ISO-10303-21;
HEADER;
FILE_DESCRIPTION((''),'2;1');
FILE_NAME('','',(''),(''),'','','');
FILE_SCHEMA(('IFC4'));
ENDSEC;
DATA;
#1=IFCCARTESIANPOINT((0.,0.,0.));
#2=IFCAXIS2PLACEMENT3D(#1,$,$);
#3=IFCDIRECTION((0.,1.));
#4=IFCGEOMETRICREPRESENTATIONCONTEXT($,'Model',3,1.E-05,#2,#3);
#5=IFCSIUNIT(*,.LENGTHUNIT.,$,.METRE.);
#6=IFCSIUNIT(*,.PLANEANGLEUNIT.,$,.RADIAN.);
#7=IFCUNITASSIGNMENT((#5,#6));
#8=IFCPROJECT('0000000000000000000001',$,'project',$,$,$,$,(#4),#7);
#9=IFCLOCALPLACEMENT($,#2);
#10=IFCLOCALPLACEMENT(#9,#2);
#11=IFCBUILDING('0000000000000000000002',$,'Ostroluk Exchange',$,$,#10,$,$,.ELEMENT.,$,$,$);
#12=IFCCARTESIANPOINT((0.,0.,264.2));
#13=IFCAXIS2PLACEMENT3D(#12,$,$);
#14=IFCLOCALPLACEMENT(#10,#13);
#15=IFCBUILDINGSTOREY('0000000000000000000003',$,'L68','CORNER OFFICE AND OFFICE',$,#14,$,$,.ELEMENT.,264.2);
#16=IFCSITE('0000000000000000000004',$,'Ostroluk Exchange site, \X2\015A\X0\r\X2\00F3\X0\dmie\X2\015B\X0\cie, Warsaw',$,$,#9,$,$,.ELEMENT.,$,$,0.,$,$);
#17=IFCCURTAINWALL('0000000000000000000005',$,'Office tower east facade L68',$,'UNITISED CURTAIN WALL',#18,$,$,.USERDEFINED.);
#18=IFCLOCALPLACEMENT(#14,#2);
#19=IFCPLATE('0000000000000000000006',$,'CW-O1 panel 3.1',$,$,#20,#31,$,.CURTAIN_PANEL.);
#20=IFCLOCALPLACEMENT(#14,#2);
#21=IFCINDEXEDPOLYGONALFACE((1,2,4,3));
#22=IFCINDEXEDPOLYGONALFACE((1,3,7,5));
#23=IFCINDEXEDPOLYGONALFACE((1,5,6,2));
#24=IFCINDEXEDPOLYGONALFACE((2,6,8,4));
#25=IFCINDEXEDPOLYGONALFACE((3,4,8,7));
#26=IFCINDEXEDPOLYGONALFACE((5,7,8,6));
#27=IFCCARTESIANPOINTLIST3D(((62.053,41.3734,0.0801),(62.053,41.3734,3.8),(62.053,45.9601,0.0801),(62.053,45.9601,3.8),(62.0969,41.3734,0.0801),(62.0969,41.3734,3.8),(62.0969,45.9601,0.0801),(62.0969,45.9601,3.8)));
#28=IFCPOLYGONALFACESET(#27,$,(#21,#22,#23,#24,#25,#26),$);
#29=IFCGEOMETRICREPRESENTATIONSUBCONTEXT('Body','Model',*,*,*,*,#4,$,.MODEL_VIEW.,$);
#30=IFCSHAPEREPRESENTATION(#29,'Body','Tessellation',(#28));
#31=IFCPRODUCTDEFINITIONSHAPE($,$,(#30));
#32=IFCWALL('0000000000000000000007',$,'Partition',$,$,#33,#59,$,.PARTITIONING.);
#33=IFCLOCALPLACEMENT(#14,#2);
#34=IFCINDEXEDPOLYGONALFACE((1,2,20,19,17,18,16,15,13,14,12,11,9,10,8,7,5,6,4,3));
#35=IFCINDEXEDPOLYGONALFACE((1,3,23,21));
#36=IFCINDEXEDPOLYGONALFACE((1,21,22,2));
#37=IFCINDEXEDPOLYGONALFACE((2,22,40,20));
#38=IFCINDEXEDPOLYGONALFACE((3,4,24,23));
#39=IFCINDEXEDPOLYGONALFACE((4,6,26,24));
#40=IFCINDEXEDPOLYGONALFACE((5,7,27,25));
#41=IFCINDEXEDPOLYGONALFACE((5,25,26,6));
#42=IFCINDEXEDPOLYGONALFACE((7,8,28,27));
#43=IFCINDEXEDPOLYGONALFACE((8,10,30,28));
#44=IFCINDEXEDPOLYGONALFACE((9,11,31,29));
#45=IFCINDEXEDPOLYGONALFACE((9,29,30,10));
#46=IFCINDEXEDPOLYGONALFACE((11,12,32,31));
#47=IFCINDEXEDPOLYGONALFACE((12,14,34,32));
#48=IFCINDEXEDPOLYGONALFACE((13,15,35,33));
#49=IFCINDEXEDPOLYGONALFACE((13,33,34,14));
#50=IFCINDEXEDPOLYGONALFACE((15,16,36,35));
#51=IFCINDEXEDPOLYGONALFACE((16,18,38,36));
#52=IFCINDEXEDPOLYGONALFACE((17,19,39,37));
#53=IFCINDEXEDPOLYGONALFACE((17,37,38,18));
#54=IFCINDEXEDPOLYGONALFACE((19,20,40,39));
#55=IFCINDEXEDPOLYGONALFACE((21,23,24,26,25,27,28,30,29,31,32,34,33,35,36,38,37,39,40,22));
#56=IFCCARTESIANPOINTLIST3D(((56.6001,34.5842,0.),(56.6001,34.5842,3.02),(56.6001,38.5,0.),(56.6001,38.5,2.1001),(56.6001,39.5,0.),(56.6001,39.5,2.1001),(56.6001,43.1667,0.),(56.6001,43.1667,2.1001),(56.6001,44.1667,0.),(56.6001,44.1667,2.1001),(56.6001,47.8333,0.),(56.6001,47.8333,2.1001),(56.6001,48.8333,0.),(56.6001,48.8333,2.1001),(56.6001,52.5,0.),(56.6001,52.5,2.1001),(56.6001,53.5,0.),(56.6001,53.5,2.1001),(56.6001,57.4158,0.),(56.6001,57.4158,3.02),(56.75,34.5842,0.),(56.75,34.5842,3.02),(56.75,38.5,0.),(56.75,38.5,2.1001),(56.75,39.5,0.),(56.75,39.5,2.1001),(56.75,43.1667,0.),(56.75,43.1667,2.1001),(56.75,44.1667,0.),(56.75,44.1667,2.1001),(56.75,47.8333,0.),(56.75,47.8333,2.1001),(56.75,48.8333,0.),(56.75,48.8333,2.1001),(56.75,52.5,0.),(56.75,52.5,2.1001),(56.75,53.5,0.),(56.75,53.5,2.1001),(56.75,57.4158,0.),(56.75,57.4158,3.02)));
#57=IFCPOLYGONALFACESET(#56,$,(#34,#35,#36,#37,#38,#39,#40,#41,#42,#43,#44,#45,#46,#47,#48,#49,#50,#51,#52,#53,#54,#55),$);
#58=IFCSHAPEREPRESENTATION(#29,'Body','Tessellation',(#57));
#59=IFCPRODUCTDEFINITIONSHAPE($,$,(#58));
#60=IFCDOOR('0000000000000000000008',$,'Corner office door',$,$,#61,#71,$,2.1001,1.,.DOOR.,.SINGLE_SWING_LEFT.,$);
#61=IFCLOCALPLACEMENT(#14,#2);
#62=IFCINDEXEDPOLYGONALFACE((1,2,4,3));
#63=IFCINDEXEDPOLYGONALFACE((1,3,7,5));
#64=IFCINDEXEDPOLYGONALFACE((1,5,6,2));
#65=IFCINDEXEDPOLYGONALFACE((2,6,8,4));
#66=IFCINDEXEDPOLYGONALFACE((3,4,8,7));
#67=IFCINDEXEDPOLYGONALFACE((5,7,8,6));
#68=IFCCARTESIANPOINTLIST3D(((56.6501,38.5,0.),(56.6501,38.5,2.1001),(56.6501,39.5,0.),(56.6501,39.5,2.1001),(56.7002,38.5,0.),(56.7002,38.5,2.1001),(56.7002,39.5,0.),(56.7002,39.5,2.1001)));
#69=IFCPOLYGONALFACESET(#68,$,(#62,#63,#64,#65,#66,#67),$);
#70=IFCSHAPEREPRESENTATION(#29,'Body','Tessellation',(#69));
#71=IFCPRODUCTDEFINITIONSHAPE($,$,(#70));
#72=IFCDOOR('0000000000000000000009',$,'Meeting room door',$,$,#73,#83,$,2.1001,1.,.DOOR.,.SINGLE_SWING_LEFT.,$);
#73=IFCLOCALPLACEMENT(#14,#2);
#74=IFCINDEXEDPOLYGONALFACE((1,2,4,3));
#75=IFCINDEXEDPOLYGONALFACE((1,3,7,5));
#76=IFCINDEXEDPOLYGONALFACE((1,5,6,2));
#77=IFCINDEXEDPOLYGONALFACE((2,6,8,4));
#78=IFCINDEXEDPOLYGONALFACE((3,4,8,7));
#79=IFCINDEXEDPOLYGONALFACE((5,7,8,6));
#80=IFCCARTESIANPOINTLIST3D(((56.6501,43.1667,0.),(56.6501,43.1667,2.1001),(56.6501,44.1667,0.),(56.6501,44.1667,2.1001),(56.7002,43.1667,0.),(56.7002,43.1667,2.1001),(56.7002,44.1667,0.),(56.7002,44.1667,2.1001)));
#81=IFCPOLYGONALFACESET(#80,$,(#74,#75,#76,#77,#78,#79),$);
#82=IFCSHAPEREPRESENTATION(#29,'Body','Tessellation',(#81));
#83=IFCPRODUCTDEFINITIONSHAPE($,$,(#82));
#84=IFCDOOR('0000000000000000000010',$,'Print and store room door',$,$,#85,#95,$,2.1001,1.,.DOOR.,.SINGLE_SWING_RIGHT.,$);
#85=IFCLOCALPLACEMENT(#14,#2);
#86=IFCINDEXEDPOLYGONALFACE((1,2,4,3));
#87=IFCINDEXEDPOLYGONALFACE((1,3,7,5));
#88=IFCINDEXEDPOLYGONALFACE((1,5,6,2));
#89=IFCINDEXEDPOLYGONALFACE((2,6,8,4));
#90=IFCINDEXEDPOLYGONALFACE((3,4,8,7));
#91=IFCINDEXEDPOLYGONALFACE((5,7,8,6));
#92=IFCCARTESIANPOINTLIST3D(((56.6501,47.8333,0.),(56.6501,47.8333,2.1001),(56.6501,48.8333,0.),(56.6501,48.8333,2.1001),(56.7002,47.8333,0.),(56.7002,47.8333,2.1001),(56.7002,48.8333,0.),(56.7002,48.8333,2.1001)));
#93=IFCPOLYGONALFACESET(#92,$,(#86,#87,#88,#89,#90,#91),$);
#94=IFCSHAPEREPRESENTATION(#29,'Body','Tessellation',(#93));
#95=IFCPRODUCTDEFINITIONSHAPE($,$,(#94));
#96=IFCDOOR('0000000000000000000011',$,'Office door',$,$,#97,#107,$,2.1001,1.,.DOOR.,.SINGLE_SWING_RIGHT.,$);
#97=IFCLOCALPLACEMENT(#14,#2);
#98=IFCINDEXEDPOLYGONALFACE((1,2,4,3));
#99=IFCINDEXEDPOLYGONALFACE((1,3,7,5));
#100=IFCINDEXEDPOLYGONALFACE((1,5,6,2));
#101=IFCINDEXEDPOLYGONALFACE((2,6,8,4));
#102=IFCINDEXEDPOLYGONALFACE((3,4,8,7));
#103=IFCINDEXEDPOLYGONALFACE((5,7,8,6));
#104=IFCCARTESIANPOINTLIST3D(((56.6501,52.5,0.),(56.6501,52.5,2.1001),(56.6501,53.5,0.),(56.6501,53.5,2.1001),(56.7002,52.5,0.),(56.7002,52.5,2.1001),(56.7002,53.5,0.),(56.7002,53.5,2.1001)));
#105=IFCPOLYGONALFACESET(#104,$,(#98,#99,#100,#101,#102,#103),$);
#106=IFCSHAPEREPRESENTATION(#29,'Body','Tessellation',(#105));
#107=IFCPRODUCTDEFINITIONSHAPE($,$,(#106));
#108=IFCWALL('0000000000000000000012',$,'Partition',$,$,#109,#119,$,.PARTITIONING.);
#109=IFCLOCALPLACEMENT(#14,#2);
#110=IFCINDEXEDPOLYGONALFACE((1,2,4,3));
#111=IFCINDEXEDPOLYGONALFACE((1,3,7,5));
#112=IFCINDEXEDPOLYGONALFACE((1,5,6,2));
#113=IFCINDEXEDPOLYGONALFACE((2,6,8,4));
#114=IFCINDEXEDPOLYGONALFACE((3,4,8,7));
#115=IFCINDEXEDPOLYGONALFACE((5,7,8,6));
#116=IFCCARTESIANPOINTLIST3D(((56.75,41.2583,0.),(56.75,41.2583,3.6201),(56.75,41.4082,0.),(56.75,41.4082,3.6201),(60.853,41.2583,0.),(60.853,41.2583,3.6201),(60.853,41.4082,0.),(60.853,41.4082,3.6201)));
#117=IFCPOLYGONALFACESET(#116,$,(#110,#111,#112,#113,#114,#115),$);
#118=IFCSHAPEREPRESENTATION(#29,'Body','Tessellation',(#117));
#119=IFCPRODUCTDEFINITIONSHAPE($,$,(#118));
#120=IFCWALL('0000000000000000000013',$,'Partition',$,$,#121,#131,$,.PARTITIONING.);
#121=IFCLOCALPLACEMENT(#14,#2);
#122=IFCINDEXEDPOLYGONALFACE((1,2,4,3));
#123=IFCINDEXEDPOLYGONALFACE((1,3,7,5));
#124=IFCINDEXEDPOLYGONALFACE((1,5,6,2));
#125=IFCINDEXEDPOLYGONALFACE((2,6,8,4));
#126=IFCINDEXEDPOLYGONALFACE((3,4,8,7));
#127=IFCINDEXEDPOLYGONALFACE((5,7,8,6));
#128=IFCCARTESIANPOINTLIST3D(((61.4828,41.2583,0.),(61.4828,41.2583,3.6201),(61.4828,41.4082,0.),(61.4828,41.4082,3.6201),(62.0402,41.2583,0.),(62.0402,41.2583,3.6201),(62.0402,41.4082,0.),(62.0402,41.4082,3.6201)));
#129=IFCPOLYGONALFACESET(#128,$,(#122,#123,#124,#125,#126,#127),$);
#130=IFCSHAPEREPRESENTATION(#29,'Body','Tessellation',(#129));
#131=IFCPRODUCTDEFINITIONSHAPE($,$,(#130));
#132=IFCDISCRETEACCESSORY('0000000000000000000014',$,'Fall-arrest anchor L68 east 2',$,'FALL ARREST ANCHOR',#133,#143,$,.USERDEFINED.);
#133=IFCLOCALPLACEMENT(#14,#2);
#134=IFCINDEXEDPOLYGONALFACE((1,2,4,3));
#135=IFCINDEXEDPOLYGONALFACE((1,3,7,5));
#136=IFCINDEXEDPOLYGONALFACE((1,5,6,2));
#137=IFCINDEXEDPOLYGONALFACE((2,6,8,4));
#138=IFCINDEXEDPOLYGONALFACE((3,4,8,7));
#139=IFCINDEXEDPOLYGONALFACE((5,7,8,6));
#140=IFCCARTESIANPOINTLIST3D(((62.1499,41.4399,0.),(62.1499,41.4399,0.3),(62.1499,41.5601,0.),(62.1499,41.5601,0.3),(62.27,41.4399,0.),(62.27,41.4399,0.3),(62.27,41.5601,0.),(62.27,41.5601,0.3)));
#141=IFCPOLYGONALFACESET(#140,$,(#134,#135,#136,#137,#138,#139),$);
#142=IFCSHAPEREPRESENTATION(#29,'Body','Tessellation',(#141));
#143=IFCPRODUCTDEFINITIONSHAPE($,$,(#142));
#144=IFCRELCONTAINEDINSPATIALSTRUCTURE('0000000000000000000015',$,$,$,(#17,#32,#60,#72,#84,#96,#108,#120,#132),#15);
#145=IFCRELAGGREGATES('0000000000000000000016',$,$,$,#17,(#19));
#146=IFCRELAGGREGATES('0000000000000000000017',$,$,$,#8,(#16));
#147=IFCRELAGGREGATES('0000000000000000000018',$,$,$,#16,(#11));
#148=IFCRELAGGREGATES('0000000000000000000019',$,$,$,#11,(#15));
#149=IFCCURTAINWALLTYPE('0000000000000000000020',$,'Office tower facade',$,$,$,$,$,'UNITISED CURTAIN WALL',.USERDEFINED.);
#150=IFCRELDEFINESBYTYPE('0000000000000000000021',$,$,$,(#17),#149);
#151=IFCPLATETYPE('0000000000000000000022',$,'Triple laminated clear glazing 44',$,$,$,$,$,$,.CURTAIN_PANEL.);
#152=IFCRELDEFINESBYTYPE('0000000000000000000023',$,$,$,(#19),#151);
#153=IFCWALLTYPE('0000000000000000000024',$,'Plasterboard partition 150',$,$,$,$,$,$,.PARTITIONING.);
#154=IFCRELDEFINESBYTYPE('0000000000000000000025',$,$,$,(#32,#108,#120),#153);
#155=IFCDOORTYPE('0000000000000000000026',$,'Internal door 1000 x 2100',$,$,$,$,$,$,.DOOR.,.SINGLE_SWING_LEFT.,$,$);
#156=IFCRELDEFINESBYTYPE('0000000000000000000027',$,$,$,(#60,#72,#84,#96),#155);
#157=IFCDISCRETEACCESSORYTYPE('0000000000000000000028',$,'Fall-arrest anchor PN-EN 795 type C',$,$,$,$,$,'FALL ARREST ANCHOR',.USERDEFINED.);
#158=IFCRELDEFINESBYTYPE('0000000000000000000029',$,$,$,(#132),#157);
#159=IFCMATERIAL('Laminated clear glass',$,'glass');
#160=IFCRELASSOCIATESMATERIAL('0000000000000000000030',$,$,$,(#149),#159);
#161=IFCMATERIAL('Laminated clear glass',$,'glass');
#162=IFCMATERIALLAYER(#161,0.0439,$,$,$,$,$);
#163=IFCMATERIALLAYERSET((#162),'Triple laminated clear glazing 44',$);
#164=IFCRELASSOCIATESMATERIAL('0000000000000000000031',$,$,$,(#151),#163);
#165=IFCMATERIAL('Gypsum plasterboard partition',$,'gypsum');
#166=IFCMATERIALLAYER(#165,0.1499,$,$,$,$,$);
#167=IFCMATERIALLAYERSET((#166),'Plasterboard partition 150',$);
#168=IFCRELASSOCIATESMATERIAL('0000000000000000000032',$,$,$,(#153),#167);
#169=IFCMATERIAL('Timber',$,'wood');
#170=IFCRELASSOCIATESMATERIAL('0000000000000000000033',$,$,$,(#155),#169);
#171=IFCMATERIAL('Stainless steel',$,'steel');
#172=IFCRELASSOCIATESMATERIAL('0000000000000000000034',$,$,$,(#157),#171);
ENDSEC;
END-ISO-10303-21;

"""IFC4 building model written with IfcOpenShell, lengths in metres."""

from ifc_helpers import new_model, si_unit, direction, frame, frame_2d, origin, origin_2d, place, context, subcontext, project, spatial, rectangle, extrude, material, layer, layer_set, type_object, element, fill, aggregate, save


model = new_model("IFC4")

# Units and contexts
model_context = context("Model", 3, precision=1e-05, world=origin(), true_north=direction((0.0, 1.0)))
body_context = subcontext(model_context, "Body", "Model", "MODEL_VIEW")
ifc_project = project(units=[si_unit("LENGTHUNIT", "METRE"), si_unit("PLANEANGLEUNIT", "RADIAN")], contexts=[model_context])

# Site, building, storey
site_placement = place(None, origin())
site = spatial("IfcSite", under=ifc_project, at=site_placement, Name="Ostroluk Exchange site, Śródmieście, Warsaw", CompositionType="ELEMENT", RefElevation=0.0)
building_placement = place(site_placement, origin())
building = spatial("IfcBuilding", under=site, at=building_placement, Name="Ostroluk Exchange", CompositionType="ELEMENT")
storey_placement = place(building_placement, frame((0.0, 0.0, 264.2)))
storey = spatial("IfcBuildingStorey", under=building, at=storey_placement, Name="L68", Description="CORNER OFFICE AND OFFICE", CompositionType="ELEMENT", Elevation=264.2)

# Curtain wall, plate
ifc_material_1 = material(Name="Laminated clear glass", Category="glass")
curtain_wall_type = type_object("IfcCurtainWallType", Name="Office tower facade", ElementType="UNITISED CURTAIN WALL", PredefinedType="USERDEFINED", material=ifc_material_1)
curtain_wall_placement = place(storey_placement, origin())
curtain_wall = element("IfcCurtainWall", 1, at=curtain_wall_placement, inside=storey, type_object=curtain_wall_type, Name="Office tower east facade L68", ObjectType="UNITISED CURTAIN WALL", PredefinedType="USERDEFINED")
ifc_material_2 = material(Name="Laminated clear glass", Category="glass")
ifc_layer_1 = layer(ifc_material_2, 0.0439)
ifc_layer_set_1 = layer_set([ifc_layer_1], Name="Triple laminated clear glazing 44")
plate_type = type_object("IfcPlateType", Name="Triple laminated clear glazing 44", PredefinedType="CURTAIN_PANEL", material=ifc_layer_set_1)
plate_1_placement = place(storey_placement, frame((62.075, 43.6667, 0.0801), z_axis=(0.0, 0.0, 1.0), x_axis=(0.0, 1.0, 0.0)))
plate_1 = element("IfcPlate", 2, at=plate_1_placement, type_object=plate_type, Name="CW-O1 panel 3.1", PredefinedType="CURTAIN_PANEL", context=body_context, shape_type="SweptSolid", body=[
    extrude(rectangle(XDim=4.5867, YDim=0.0439, at=origin_2d()), origin(), (0.0, 0.0, 1.0), 3.72),
])
aggregate(curtain_wall, [plate_1])

# Wall, openings, doors
ifc_material_3 = material(Name="Gypsum plasterboard partition", Category="gypsum")
ifc_layer_2 = layer(ifc_material_3, 0.1499)
ifc_layer_set_2 = layer_set([ifc_layer_2], Name="Plasterboard partition 150")
wall_type = type_object("IfcWallType", Name="Plasterboard partition 150", PredefinedType="PARTITIONING", material=ifc_layer_set_2)
wall_1_placement = place(storey_placement, frame((56.675, 34.5842, 0.0), z_axis=(0.0, 0.0, 1.0), x_axis=(0.0, 1.0, 0.0)))
wall_1 = element("IfcWall", 3, at=wall_1_placement, inside=storey, type_object=wall_type, Name="Partition", PredefinedType="PARTITIONING", context=body_context, shape_type="SweptSolid", body=[
    extrude(rectangle(XDim=22.8315, YDim=0.1499, at=frame_2d((11.4158, 0.0))), origin(), (0.0, 0.0, 1.0), 3.02),
])
opening_1_placement = place(wall_1_placement, frame((3.9158, 0.0, 0.0)))
opening_1 = element("IfcOpeningElement", 4, at=opening_1_placement, cuts=wall_1, PredefinedType="OPENING", context=body_context, shape_type="SweptSolid", body=[
    extrude(rectangle(XDim=1.0, YDim=2.1001, at=frame_2d((0.5, 1.05))), frame((0.0, 0.085, 0.0), z_axis=(0.0, -1.0, 0.0), x_axis=(1.0, 0.0, 0.0)), (0.0, 0.0, 1.0), 0.1699),
])
opening_2_placement = place(wall_1_placement, frame((8.5825, 0.0, 0.0)))
opening_2 = element("IfcOpeningElement", 5, at=opening_2_placement, cuts=wall_1, PredefinedType="OPENING", context=body_context, shape_type="SweptSolid", body=[
    extrude(rectangle(XDim=1.0, YDim=2.1001, at=frame_2d((0.5, 1.05))), frame((0.0, 0.085, 0.0), z_axis=(0.0, -1.0, 0.0), x_axis=(1.0, 0.0, 0.0)), (0.0, 0.0, 1.0), 0.1699),
])
opening_3_placement = place(wall_1_placement, frame((13.249, 0.0, 0.0)))
opening_3 = element("IfcOpeningElement", 6, at=opening_3_placement, cuts=wall_1, PredefinedType="OPENING", context=body_context, shape_type="SweptSolid", body=[
    extrude(rectangle(XDim=1.0, YDim=2.1001, at=frame_2d((0.5, 1.05))), frame((0.0, 0.085, 0.0), z_axis=(0.0, -1.0, 0.0), x_axis=(1.0, 0.0, 0.0)), (0.0, 0.0, 1.0), 0.1699),
])
opening_4_placement = place(wall_1_placement, frame((17.9158, 0.0, 0.0)))
opening_4 = element("IfcOpeningElement", 7, at=opening_4_placement, cuts=wall_1, PredefinedType="OPENING", context=body_context, shape_type="SweptSolid", body=[
    extrude(rectangle(XDim=1.0, YDim=2.1001, at=frame_2d((0.5, 1.05))), frame((0.0, 0.085, 0.0), z_axis=(0.0, -1.0, 0.0), x_axis=(1.0, 0.0, 0.0)), (0.0, 0.0, 1.0), 0.1699),
])
ifc_material_4 = material(Name="Timber", Category="wood")
door_type = type_object("IfcDoorType", Name="Internal door 1000 x 2100", OperationType="SINGLE_SWING_LEFT", PredefinedType="DOOR", material=ifc_material_4)
door_1_placement = place(opening_1_placement, origin())
door_1 = element("IfcDoor", 8, at=door_1_placement, inside=storey, type_object=door_type, Name="Corner office door", OperationType="SINGLE_SWING_LEFT", OverallHeight=2.1001, OverallWidth=1.0, PredefinedType="DOOR", context=body_context, shape_type="SweptSolid", body=[
    extrude(rectangle(XDim=1.0, YDim=2.1001, at=frame_2d((0.5, 1.05))), frame((0.0, 0.0249, 0.0), z_axis=(0.0, -1.0, 0.0), x_axis=(1.0, 0.0, 0.0)), (0.0, 0.0, 1.0), 0.05),
])
fill(opening_1, door_1)
door_2_placement = place(opening_2_placement, origin())
door_2 = element("IfcDoor", 9, at=door_2_placement, inside=storey, type_object=door_type, Name="Meeting room door", OperationType="SINGLE_SWING_LEFT", OverallHeight=2.1001, OverallWidth=1.0, PredefinedType="DOOR", context=body_context, shape_type="SweptSolid", body=[
    extrude(rectangle(XDim=1.0, YDim=2.1001, at=frame_2d((0.5, 1.05))), frame((0.0, 0.0249, 0.0), z_axis=(0.0, -1.0, 0.0), x_axis=(1.0, 0.0, 0.0)), (0.0, 0.0, 1.0), 0.05),
])
fill(opening_2, door_2)
door_3_placement = place(opening_3_placement, origin())
door_3 = element("IfcDoor", 10, at=door_3_placement, inside=storey, type_object=door_type, Name="Print and store room door", OperationType="SINGLE_SWING_RIGHT", OverallHeight=2.1001, OverallWidth=1.0, PredefinedType="DOOR", context=body_context, shape_type="SweptSolid", body=[
    extrude(rectangle(XDim=1.0, YDim=2.1001, at=frame_2d((0.5, 1.05))), frame((0.0, 0.0249, 0.0), z_axis=(0.0, -1.0, 0.0), x_axis=(1.0, 0.0, 0.0)), (0.0, 0.0, 1.0), 0.05),
])
fill(opening_3, door_3)
door_4_placement = place(opening_4_placement, origin())
door_4 = element("IfcDoor", 11, at=door_4_placement, inside=storey, type_object=door_type, Name="Office door", OperationType="SINGLE_SWING_RIGHT", OverallHeight=2.1001, OverallWidth=1.0, PredefinedType="DOOR", context=body_context, shape_type="SweptSolid", body=[
    extrude(rectangle(XDim=1.0, YDim=2.1001, at=frame_2d((0.5, 1.05))), frame((0.0, 0.0249, 0.0), z_axis=(0.0, -1.0, 0.0), x_axis=(1.0, 0.0, 0.0)), (0.0, 0.0, 1.0), 0.05),
])
fill(opening_4, door_4)

# Walls
wall_2_placement = place(storey_placement, frame((56.75, 41.3333, 0.0), z_axis=(0.0, 0.0, 1.0), x_axis=(1.0, 0.0, 0.0)))
element("IfcWall", 12, at=wall_2_placement, inside=storey, type_object=wall_type, Name="Partition", PredefinedType="PARTITIONING", context=body_context, shape_type="SweptSolid", body=[
    extrude(rectangle(XDim=4.103, YDim=0.1499, at=frame_2d((2.0515, 0.0))), origin(), (0.0, 0.0, 1.0), 3.6201),
])
wall_3_placement = place(storey_placement, frame((61.4827, 41.3333, 0.0), z_axis=(0.0, 0.0, 1.0), x_axis=(1.0, 0.0, 0.0)))
element("IfcWall", 13, at=wall_3_placement, inside=storey, type_object=wall_type, Name="Partition", PredefinedType="PARTITIONING", context=body_context, shape_type="SweptSolid", body=[
    extrude(rectangle(XDim=0.5574, YDim=0.1499, at=frame_2d((0.2788, 0.0))), origin(), (0.0, 0.0, 1.0), 3.6201),
])

# Discrete accessory
ifc_material_5 = material(Name="Stainless steel", Category="steel")
discrete_accessory_type = type_object("IfcDiscreteAccessoryType", Name="Fall-arrest anchor PN-EN 795 type C", ElementType="FALL ARREST ANCHOR", PredefinedType="USERDEFINED", material=ifc_material_5)
discrete_accessory_placement = place(storey_placement, frame((62.21, 41.5, 0.0), z_axis=(0.0, 0.0, 1.0), x_axis=(1.0, 0.0, 0.0)))
element("IfcDiscreteAccessory", 14, at=discrete_accessory_placement, inside=storey, type_object=discrete_accessory_type, Name="Fall-arrest anchor L68 east 2", ObjectType="FALL ARREST ANCHOR", PredefinedType="USERDEFINED", context=body_context, shape_type="SweptSolid", body=[
    extrude(rectangle(XDim=0.1201, YDim=0.1201, at=origin_2d()), origin(), (0.0, 0.0, 1.0), 0.3),
])

save(model, "model.ifc")
